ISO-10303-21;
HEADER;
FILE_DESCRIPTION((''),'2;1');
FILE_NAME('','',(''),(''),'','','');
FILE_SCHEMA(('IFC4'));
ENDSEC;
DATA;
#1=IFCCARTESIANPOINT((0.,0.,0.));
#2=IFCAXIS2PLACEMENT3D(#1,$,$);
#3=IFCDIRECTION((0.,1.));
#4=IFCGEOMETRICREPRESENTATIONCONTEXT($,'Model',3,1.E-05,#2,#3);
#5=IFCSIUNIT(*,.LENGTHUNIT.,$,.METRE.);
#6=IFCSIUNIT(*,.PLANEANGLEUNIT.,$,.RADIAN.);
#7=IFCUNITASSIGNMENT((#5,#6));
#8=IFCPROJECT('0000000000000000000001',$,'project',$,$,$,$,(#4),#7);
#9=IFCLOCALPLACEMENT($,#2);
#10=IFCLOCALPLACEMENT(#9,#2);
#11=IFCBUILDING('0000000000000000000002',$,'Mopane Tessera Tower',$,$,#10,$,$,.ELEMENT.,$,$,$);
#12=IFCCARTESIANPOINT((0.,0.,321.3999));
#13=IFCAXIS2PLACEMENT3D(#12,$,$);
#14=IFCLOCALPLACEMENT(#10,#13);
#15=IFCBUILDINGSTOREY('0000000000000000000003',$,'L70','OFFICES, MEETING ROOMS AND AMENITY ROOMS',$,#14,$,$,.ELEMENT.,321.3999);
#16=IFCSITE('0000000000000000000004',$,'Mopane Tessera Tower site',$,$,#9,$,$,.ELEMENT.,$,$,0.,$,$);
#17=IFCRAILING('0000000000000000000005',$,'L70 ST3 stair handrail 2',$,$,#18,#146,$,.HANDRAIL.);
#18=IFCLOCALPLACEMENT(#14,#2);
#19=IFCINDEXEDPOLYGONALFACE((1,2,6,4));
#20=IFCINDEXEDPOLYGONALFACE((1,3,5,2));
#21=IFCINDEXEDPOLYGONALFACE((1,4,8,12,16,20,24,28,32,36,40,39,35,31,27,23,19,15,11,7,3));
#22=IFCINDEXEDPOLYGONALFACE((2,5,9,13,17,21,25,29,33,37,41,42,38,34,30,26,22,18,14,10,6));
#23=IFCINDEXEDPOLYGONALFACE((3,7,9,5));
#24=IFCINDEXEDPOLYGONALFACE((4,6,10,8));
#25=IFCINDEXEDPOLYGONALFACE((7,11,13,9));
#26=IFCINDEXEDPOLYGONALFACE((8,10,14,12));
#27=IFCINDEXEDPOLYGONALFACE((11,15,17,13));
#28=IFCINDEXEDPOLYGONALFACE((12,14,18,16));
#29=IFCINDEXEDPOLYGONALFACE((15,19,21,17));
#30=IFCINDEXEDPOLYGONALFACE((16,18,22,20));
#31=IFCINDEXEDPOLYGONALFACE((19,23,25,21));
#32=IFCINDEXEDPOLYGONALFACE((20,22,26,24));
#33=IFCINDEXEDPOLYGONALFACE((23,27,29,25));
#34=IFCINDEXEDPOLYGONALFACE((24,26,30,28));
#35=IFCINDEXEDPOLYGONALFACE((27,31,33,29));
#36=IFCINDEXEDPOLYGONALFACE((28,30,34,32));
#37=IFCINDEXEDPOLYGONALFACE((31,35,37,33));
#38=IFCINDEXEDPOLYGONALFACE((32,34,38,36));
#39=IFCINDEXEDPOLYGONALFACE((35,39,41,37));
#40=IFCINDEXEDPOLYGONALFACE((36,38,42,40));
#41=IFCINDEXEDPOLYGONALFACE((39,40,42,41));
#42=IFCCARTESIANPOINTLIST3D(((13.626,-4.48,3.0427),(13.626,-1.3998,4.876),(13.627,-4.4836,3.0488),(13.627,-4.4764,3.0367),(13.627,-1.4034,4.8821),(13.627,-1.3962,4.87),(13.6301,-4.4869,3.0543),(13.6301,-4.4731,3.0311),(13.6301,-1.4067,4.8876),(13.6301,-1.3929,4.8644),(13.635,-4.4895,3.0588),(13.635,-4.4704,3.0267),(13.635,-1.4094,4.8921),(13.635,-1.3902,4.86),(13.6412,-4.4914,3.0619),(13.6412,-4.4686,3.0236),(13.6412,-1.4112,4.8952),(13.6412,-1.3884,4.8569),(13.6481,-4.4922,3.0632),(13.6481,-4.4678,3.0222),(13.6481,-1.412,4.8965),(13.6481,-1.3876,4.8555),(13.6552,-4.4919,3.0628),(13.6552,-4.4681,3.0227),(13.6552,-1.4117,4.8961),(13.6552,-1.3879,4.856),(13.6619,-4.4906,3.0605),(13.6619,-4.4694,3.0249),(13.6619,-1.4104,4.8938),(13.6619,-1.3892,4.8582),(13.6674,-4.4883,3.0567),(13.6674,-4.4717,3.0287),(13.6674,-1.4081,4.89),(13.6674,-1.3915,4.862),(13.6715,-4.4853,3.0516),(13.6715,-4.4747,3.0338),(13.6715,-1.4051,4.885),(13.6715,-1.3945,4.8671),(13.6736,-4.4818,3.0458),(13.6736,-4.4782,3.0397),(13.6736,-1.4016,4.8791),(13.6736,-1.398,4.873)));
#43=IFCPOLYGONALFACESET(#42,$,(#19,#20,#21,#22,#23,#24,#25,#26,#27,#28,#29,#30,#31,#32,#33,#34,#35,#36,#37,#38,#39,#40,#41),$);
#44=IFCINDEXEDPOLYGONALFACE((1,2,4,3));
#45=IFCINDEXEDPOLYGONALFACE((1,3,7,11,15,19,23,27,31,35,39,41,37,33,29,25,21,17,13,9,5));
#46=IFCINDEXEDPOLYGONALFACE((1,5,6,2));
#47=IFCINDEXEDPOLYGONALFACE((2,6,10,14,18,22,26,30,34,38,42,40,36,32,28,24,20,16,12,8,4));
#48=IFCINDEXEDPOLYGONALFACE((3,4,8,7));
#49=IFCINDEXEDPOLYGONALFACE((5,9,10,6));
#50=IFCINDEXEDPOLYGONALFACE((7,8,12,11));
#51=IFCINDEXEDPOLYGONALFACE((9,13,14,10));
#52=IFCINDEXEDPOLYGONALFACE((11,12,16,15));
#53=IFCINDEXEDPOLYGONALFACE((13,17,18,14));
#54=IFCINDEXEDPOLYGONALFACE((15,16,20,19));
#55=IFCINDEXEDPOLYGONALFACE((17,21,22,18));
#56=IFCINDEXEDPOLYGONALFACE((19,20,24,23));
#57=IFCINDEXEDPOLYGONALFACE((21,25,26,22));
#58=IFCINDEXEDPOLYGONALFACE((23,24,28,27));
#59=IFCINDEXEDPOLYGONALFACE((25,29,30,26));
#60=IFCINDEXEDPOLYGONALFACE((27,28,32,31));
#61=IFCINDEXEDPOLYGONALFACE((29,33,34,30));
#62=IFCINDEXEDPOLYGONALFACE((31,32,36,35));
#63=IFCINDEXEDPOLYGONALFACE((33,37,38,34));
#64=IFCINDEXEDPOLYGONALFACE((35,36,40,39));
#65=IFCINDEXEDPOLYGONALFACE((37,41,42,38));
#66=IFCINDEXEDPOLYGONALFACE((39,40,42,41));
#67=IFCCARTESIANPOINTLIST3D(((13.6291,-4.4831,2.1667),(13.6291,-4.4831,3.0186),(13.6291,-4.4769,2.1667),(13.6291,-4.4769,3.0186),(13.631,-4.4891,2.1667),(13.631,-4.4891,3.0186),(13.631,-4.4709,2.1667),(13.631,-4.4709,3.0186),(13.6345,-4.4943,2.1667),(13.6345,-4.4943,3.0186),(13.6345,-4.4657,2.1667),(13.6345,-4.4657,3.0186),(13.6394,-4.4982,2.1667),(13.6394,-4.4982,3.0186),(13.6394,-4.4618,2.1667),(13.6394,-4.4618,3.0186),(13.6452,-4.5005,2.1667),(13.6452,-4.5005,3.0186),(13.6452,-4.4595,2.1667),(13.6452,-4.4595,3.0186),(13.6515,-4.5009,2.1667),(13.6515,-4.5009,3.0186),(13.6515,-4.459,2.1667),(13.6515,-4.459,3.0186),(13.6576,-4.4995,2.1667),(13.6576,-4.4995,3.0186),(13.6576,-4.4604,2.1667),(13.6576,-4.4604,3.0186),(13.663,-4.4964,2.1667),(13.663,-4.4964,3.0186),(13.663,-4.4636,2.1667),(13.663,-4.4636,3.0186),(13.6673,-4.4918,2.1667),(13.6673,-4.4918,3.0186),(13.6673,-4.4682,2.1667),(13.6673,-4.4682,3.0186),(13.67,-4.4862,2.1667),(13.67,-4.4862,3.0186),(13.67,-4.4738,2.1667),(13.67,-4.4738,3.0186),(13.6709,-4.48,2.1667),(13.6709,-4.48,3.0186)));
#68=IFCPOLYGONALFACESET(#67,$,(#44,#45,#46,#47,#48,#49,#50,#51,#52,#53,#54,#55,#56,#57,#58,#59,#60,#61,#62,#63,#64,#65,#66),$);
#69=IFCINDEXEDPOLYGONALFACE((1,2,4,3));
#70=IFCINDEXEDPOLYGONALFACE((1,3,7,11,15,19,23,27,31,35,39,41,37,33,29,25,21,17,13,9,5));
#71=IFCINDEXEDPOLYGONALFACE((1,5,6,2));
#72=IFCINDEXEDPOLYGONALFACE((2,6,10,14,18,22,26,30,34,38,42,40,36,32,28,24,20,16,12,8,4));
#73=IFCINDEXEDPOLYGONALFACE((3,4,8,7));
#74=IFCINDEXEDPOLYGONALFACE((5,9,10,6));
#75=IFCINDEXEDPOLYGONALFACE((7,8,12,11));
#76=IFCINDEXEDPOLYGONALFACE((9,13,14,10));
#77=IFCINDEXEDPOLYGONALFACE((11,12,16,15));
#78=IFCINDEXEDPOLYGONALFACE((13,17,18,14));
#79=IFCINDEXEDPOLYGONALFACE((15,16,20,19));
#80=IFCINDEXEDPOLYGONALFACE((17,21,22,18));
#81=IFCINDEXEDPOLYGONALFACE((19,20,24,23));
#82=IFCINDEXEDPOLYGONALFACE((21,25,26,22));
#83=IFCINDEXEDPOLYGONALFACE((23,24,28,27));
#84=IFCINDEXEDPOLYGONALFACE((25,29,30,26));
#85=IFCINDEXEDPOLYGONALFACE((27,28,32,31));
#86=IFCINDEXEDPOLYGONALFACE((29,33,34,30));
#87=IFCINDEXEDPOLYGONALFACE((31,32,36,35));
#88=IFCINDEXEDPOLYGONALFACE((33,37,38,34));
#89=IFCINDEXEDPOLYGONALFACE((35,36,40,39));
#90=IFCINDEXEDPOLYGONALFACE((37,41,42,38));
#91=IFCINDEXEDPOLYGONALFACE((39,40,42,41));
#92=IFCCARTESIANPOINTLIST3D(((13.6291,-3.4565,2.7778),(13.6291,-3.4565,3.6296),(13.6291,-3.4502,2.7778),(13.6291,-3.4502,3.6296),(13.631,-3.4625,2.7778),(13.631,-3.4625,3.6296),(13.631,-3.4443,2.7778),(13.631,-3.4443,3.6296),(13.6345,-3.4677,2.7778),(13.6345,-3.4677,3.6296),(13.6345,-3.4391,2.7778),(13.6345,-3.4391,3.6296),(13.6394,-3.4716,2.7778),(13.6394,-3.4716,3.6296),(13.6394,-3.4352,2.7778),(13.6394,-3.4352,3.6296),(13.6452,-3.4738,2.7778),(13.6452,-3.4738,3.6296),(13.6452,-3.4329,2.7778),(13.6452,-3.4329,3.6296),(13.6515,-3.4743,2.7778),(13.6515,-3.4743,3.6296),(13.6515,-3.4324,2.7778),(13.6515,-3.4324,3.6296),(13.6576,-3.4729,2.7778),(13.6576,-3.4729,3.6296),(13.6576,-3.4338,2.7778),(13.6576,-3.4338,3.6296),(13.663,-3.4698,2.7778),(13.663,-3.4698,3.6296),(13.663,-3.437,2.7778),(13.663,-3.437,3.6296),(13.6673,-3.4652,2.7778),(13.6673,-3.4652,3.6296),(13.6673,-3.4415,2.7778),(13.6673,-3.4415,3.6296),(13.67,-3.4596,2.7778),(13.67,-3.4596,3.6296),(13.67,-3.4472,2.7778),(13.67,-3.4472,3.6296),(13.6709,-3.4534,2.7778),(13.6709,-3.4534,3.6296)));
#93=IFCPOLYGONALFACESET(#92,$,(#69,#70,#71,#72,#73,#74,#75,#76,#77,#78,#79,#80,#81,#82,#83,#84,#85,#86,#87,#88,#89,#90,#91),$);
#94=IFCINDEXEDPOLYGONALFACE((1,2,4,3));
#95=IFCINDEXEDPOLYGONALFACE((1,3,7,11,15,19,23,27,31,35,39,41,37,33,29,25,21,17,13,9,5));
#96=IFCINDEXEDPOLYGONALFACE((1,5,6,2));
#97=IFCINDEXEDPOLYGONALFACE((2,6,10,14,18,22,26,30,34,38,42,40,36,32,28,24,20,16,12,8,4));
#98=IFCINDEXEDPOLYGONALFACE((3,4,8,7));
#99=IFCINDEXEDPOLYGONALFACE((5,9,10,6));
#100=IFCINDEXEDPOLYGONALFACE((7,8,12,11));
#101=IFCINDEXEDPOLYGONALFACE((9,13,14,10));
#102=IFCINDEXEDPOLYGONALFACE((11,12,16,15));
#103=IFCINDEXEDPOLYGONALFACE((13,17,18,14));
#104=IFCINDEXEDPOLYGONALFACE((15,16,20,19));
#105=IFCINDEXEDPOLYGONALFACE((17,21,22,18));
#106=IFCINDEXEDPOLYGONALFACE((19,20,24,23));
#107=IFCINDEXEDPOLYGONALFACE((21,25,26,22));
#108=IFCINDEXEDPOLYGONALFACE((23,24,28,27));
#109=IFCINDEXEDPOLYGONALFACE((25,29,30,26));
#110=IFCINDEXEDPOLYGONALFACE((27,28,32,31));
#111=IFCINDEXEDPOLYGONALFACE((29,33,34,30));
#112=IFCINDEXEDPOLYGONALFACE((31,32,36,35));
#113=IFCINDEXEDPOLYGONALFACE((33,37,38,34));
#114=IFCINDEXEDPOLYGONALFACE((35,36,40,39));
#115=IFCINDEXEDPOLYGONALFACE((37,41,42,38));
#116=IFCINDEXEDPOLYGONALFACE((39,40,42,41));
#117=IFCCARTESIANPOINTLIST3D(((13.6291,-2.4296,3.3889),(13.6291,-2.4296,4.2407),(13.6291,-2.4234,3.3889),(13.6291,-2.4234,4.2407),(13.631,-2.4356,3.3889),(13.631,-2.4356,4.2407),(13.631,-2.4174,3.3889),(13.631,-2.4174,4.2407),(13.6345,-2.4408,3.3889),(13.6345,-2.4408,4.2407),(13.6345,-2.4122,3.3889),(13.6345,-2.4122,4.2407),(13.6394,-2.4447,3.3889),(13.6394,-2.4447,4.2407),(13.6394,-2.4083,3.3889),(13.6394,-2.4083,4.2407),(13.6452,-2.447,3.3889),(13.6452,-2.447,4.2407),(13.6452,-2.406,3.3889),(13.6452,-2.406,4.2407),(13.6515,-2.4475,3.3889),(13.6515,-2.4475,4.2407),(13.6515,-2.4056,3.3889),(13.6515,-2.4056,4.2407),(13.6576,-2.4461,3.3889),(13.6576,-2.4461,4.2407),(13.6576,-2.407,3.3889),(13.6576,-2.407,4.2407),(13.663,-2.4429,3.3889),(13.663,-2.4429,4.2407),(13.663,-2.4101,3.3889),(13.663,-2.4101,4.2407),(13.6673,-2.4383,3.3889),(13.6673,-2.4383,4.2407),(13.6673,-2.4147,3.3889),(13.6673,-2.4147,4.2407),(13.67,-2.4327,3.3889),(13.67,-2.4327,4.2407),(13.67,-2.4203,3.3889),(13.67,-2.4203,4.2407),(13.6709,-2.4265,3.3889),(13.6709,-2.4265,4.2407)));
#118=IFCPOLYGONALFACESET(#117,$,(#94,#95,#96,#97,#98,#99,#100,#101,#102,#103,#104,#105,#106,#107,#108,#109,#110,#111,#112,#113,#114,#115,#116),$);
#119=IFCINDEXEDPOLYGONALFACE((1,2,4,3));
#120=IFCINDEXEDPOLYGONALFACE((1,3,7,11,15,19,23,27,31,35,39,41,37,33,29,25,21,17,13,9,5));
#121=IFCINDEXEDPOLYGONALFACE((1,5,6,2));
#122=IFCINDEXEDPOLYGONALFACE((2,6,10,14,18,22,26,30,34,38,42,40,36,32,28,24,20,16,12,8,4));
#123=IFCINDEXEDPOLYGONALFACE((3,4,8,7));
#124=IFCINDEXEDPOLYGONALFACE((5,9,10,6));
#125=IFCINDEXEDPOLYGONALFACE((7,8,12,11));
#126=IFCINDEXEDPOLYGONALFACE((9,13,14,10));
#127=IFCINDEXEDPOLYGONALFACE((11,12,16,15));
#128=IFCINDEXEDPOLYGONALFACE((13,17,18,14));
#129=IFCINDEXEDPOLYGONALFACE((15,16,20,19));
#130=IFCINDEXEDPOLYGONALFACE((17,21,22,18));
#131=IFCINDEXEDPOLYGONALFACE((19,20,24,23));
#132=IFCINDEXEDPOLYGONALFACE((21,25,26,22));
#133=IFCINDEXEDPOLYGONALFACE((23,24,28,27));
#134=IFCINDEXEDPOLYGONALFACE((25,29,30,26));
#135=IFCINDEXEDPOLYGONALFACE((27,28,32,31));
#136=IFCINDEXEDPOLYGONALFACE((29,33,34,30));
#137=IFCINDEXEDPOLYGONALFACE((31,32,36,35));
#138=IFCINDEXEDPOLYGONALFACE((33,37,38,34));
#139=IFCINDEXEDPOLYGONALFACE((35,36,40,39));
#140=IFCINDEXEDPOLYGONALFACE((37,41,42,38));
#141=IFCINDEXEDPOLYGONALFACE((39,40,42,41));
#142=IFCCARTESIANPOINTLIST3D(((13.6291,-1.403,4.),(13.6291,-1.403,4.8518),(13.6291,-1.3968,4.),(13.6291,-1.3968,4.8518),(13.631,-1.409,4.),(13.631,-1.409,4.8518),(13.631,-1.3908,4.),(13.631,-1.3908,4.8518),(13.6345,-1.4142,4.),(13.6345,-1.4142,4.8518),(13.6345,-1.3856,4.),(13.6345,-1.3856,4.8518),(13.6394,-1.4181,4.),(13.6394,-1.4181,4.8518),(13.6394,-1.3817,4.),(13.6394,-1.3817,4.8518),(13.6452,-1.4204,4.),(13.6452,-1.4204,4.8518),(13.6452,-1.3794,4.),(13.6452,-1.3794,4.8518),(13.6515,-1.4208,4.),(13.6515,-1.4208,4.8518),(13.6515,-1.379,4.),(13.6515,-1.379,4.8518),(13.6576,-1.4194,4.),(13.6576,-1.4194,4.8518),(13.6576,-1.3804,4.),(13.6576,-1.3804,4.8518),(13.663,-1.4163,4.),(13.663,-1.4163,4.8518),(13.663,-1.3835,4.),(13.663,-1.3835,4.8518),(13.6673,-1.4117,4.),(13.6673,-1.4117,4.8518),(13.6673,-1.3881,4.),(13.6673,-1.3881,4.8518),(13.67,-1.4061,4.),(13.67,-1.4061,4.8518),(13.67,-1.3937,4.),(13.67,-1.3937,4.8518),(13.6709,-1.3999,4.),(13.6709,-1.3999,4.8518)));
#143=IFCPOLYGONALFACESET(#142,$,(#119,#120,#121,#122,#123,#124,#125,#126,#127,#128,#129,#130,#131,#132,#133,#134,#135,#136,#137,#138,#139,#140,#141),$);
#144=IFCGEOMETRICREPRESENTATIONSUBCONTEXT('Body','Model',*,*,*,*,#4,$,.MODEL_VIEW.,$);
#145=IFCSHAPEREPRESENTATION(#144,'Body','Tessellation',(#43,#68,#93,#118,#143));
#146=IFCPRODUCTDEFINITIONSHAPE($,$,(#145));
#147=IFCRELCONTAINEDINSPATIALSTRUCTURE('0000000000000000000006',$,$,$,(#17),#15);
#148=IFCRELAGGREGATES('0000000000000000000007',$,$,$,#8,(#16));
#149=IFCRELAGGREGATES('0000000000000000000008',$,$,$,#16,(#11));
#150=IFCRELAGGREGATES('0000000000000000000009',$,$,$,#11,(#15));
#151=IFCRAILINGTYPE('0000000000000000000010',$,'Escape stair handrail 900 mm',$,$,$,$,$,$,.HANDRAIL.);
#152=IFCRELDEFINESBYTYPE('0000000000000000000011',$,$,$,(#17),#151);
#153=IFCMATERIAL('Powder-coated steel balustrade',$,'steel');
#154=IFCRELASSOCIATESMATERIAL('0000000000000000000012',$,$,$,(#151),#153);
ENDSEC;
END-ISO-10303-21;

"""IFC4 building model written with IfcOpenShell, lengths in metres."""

from ifc_helpers import new_model, si_unit, direction, frame, origin, origin_2d, place, context, subcontext, project, spatial, circle, extrude, material, type_object, element, save


model = new_model("IFC4")

# Units and contexts
model_context = context("Model", 3, precision=1e-05, world=origin(), true_north=direction((0.0, 1.0)))
body_context = subcontext(model_context, "Body", "Model", "MODEL_VIEW")
ifc_project = project(units=[si_unit("LENGTHUNIT", "METRE"), si_unit("PLANEANGLEUNIT", "RADIAN")], contexts=[model_context])

# Site, building, storey
site_placement = place(None, origin())
site = spatial("IfcSite", under=ifc_project, at=site_placement, Name="Mopane Tessera Tower site", CompositionType="ELEMENT", RefElevation=0.0)
building_placement = place(site_placement, origin())
building = spatial("IfcBuilding", under=site, at=building_placement, Name="Mopane Tessera Tower", CompositionType="ELEMENT")
storey_placement = place(building_placement, frame((0.0, 0.0, 321.3999)))
storey = spatial("IfcBuildingStorey", under=building, at=storey_placement, Name="L70", Description="OFFICES, MEETING ROOMS AND AMENITY ROOMS", CompositionType="ELEMENT", Elevation=321.3999)

# Railing
ifc_material_1 = material(Name="Powder-coated steel balustrade", Category="steel")
railing_type = type_object("IfcRailingType", Name="Escape stair handrail 900 mm", PredefinedType="HANDRAIL", material=ifc_material_1)
railing_placement = place(storey_placement, frame((13.6499, -4.48, 2.1667)))
element("IfcRailing", 1, at=railing_placement, inside=storey, type_object=railing_type, Name="L70 ST3 stair handrail 2", PredefinedType="HANDRAIL", context=body_context, shape_type="SweptSolid", body=[
    extrude(circle(Radius=0.0239, at=origin_2d()), frame((0.0, 0.0, 0.876), z_axis=(0.0, 0.859309, 0.511458), x_axis=(-1.0, 0.0, 0.0)), (0.0, 0.0, 1.0), 3.5845),
    extrude(circle(Radius=0.021, at=origin_2d()), origin(), (0.0, 0.0, 1.0), 0.8518),
    extrude(circle(Radius=0.021, at=origin_2d()), frame((0.0, 1.0266, 0.6111)), (0.0, 0.0, 1.0), 0.8518),
    extrude(circle(Radius=0.021, at=origin_2d()), frame((0.0, 2.0535, 1.2222)), (0.0, 0.0, 1.0), 0.8518),
    extrude(circle(Radius=0.021, at=origin_2d()), frame((0.0, 3.0801, 1.8333)), (0.0, 0.0, 1.0), 0.8518),
])

save(model, "model.ifc")
